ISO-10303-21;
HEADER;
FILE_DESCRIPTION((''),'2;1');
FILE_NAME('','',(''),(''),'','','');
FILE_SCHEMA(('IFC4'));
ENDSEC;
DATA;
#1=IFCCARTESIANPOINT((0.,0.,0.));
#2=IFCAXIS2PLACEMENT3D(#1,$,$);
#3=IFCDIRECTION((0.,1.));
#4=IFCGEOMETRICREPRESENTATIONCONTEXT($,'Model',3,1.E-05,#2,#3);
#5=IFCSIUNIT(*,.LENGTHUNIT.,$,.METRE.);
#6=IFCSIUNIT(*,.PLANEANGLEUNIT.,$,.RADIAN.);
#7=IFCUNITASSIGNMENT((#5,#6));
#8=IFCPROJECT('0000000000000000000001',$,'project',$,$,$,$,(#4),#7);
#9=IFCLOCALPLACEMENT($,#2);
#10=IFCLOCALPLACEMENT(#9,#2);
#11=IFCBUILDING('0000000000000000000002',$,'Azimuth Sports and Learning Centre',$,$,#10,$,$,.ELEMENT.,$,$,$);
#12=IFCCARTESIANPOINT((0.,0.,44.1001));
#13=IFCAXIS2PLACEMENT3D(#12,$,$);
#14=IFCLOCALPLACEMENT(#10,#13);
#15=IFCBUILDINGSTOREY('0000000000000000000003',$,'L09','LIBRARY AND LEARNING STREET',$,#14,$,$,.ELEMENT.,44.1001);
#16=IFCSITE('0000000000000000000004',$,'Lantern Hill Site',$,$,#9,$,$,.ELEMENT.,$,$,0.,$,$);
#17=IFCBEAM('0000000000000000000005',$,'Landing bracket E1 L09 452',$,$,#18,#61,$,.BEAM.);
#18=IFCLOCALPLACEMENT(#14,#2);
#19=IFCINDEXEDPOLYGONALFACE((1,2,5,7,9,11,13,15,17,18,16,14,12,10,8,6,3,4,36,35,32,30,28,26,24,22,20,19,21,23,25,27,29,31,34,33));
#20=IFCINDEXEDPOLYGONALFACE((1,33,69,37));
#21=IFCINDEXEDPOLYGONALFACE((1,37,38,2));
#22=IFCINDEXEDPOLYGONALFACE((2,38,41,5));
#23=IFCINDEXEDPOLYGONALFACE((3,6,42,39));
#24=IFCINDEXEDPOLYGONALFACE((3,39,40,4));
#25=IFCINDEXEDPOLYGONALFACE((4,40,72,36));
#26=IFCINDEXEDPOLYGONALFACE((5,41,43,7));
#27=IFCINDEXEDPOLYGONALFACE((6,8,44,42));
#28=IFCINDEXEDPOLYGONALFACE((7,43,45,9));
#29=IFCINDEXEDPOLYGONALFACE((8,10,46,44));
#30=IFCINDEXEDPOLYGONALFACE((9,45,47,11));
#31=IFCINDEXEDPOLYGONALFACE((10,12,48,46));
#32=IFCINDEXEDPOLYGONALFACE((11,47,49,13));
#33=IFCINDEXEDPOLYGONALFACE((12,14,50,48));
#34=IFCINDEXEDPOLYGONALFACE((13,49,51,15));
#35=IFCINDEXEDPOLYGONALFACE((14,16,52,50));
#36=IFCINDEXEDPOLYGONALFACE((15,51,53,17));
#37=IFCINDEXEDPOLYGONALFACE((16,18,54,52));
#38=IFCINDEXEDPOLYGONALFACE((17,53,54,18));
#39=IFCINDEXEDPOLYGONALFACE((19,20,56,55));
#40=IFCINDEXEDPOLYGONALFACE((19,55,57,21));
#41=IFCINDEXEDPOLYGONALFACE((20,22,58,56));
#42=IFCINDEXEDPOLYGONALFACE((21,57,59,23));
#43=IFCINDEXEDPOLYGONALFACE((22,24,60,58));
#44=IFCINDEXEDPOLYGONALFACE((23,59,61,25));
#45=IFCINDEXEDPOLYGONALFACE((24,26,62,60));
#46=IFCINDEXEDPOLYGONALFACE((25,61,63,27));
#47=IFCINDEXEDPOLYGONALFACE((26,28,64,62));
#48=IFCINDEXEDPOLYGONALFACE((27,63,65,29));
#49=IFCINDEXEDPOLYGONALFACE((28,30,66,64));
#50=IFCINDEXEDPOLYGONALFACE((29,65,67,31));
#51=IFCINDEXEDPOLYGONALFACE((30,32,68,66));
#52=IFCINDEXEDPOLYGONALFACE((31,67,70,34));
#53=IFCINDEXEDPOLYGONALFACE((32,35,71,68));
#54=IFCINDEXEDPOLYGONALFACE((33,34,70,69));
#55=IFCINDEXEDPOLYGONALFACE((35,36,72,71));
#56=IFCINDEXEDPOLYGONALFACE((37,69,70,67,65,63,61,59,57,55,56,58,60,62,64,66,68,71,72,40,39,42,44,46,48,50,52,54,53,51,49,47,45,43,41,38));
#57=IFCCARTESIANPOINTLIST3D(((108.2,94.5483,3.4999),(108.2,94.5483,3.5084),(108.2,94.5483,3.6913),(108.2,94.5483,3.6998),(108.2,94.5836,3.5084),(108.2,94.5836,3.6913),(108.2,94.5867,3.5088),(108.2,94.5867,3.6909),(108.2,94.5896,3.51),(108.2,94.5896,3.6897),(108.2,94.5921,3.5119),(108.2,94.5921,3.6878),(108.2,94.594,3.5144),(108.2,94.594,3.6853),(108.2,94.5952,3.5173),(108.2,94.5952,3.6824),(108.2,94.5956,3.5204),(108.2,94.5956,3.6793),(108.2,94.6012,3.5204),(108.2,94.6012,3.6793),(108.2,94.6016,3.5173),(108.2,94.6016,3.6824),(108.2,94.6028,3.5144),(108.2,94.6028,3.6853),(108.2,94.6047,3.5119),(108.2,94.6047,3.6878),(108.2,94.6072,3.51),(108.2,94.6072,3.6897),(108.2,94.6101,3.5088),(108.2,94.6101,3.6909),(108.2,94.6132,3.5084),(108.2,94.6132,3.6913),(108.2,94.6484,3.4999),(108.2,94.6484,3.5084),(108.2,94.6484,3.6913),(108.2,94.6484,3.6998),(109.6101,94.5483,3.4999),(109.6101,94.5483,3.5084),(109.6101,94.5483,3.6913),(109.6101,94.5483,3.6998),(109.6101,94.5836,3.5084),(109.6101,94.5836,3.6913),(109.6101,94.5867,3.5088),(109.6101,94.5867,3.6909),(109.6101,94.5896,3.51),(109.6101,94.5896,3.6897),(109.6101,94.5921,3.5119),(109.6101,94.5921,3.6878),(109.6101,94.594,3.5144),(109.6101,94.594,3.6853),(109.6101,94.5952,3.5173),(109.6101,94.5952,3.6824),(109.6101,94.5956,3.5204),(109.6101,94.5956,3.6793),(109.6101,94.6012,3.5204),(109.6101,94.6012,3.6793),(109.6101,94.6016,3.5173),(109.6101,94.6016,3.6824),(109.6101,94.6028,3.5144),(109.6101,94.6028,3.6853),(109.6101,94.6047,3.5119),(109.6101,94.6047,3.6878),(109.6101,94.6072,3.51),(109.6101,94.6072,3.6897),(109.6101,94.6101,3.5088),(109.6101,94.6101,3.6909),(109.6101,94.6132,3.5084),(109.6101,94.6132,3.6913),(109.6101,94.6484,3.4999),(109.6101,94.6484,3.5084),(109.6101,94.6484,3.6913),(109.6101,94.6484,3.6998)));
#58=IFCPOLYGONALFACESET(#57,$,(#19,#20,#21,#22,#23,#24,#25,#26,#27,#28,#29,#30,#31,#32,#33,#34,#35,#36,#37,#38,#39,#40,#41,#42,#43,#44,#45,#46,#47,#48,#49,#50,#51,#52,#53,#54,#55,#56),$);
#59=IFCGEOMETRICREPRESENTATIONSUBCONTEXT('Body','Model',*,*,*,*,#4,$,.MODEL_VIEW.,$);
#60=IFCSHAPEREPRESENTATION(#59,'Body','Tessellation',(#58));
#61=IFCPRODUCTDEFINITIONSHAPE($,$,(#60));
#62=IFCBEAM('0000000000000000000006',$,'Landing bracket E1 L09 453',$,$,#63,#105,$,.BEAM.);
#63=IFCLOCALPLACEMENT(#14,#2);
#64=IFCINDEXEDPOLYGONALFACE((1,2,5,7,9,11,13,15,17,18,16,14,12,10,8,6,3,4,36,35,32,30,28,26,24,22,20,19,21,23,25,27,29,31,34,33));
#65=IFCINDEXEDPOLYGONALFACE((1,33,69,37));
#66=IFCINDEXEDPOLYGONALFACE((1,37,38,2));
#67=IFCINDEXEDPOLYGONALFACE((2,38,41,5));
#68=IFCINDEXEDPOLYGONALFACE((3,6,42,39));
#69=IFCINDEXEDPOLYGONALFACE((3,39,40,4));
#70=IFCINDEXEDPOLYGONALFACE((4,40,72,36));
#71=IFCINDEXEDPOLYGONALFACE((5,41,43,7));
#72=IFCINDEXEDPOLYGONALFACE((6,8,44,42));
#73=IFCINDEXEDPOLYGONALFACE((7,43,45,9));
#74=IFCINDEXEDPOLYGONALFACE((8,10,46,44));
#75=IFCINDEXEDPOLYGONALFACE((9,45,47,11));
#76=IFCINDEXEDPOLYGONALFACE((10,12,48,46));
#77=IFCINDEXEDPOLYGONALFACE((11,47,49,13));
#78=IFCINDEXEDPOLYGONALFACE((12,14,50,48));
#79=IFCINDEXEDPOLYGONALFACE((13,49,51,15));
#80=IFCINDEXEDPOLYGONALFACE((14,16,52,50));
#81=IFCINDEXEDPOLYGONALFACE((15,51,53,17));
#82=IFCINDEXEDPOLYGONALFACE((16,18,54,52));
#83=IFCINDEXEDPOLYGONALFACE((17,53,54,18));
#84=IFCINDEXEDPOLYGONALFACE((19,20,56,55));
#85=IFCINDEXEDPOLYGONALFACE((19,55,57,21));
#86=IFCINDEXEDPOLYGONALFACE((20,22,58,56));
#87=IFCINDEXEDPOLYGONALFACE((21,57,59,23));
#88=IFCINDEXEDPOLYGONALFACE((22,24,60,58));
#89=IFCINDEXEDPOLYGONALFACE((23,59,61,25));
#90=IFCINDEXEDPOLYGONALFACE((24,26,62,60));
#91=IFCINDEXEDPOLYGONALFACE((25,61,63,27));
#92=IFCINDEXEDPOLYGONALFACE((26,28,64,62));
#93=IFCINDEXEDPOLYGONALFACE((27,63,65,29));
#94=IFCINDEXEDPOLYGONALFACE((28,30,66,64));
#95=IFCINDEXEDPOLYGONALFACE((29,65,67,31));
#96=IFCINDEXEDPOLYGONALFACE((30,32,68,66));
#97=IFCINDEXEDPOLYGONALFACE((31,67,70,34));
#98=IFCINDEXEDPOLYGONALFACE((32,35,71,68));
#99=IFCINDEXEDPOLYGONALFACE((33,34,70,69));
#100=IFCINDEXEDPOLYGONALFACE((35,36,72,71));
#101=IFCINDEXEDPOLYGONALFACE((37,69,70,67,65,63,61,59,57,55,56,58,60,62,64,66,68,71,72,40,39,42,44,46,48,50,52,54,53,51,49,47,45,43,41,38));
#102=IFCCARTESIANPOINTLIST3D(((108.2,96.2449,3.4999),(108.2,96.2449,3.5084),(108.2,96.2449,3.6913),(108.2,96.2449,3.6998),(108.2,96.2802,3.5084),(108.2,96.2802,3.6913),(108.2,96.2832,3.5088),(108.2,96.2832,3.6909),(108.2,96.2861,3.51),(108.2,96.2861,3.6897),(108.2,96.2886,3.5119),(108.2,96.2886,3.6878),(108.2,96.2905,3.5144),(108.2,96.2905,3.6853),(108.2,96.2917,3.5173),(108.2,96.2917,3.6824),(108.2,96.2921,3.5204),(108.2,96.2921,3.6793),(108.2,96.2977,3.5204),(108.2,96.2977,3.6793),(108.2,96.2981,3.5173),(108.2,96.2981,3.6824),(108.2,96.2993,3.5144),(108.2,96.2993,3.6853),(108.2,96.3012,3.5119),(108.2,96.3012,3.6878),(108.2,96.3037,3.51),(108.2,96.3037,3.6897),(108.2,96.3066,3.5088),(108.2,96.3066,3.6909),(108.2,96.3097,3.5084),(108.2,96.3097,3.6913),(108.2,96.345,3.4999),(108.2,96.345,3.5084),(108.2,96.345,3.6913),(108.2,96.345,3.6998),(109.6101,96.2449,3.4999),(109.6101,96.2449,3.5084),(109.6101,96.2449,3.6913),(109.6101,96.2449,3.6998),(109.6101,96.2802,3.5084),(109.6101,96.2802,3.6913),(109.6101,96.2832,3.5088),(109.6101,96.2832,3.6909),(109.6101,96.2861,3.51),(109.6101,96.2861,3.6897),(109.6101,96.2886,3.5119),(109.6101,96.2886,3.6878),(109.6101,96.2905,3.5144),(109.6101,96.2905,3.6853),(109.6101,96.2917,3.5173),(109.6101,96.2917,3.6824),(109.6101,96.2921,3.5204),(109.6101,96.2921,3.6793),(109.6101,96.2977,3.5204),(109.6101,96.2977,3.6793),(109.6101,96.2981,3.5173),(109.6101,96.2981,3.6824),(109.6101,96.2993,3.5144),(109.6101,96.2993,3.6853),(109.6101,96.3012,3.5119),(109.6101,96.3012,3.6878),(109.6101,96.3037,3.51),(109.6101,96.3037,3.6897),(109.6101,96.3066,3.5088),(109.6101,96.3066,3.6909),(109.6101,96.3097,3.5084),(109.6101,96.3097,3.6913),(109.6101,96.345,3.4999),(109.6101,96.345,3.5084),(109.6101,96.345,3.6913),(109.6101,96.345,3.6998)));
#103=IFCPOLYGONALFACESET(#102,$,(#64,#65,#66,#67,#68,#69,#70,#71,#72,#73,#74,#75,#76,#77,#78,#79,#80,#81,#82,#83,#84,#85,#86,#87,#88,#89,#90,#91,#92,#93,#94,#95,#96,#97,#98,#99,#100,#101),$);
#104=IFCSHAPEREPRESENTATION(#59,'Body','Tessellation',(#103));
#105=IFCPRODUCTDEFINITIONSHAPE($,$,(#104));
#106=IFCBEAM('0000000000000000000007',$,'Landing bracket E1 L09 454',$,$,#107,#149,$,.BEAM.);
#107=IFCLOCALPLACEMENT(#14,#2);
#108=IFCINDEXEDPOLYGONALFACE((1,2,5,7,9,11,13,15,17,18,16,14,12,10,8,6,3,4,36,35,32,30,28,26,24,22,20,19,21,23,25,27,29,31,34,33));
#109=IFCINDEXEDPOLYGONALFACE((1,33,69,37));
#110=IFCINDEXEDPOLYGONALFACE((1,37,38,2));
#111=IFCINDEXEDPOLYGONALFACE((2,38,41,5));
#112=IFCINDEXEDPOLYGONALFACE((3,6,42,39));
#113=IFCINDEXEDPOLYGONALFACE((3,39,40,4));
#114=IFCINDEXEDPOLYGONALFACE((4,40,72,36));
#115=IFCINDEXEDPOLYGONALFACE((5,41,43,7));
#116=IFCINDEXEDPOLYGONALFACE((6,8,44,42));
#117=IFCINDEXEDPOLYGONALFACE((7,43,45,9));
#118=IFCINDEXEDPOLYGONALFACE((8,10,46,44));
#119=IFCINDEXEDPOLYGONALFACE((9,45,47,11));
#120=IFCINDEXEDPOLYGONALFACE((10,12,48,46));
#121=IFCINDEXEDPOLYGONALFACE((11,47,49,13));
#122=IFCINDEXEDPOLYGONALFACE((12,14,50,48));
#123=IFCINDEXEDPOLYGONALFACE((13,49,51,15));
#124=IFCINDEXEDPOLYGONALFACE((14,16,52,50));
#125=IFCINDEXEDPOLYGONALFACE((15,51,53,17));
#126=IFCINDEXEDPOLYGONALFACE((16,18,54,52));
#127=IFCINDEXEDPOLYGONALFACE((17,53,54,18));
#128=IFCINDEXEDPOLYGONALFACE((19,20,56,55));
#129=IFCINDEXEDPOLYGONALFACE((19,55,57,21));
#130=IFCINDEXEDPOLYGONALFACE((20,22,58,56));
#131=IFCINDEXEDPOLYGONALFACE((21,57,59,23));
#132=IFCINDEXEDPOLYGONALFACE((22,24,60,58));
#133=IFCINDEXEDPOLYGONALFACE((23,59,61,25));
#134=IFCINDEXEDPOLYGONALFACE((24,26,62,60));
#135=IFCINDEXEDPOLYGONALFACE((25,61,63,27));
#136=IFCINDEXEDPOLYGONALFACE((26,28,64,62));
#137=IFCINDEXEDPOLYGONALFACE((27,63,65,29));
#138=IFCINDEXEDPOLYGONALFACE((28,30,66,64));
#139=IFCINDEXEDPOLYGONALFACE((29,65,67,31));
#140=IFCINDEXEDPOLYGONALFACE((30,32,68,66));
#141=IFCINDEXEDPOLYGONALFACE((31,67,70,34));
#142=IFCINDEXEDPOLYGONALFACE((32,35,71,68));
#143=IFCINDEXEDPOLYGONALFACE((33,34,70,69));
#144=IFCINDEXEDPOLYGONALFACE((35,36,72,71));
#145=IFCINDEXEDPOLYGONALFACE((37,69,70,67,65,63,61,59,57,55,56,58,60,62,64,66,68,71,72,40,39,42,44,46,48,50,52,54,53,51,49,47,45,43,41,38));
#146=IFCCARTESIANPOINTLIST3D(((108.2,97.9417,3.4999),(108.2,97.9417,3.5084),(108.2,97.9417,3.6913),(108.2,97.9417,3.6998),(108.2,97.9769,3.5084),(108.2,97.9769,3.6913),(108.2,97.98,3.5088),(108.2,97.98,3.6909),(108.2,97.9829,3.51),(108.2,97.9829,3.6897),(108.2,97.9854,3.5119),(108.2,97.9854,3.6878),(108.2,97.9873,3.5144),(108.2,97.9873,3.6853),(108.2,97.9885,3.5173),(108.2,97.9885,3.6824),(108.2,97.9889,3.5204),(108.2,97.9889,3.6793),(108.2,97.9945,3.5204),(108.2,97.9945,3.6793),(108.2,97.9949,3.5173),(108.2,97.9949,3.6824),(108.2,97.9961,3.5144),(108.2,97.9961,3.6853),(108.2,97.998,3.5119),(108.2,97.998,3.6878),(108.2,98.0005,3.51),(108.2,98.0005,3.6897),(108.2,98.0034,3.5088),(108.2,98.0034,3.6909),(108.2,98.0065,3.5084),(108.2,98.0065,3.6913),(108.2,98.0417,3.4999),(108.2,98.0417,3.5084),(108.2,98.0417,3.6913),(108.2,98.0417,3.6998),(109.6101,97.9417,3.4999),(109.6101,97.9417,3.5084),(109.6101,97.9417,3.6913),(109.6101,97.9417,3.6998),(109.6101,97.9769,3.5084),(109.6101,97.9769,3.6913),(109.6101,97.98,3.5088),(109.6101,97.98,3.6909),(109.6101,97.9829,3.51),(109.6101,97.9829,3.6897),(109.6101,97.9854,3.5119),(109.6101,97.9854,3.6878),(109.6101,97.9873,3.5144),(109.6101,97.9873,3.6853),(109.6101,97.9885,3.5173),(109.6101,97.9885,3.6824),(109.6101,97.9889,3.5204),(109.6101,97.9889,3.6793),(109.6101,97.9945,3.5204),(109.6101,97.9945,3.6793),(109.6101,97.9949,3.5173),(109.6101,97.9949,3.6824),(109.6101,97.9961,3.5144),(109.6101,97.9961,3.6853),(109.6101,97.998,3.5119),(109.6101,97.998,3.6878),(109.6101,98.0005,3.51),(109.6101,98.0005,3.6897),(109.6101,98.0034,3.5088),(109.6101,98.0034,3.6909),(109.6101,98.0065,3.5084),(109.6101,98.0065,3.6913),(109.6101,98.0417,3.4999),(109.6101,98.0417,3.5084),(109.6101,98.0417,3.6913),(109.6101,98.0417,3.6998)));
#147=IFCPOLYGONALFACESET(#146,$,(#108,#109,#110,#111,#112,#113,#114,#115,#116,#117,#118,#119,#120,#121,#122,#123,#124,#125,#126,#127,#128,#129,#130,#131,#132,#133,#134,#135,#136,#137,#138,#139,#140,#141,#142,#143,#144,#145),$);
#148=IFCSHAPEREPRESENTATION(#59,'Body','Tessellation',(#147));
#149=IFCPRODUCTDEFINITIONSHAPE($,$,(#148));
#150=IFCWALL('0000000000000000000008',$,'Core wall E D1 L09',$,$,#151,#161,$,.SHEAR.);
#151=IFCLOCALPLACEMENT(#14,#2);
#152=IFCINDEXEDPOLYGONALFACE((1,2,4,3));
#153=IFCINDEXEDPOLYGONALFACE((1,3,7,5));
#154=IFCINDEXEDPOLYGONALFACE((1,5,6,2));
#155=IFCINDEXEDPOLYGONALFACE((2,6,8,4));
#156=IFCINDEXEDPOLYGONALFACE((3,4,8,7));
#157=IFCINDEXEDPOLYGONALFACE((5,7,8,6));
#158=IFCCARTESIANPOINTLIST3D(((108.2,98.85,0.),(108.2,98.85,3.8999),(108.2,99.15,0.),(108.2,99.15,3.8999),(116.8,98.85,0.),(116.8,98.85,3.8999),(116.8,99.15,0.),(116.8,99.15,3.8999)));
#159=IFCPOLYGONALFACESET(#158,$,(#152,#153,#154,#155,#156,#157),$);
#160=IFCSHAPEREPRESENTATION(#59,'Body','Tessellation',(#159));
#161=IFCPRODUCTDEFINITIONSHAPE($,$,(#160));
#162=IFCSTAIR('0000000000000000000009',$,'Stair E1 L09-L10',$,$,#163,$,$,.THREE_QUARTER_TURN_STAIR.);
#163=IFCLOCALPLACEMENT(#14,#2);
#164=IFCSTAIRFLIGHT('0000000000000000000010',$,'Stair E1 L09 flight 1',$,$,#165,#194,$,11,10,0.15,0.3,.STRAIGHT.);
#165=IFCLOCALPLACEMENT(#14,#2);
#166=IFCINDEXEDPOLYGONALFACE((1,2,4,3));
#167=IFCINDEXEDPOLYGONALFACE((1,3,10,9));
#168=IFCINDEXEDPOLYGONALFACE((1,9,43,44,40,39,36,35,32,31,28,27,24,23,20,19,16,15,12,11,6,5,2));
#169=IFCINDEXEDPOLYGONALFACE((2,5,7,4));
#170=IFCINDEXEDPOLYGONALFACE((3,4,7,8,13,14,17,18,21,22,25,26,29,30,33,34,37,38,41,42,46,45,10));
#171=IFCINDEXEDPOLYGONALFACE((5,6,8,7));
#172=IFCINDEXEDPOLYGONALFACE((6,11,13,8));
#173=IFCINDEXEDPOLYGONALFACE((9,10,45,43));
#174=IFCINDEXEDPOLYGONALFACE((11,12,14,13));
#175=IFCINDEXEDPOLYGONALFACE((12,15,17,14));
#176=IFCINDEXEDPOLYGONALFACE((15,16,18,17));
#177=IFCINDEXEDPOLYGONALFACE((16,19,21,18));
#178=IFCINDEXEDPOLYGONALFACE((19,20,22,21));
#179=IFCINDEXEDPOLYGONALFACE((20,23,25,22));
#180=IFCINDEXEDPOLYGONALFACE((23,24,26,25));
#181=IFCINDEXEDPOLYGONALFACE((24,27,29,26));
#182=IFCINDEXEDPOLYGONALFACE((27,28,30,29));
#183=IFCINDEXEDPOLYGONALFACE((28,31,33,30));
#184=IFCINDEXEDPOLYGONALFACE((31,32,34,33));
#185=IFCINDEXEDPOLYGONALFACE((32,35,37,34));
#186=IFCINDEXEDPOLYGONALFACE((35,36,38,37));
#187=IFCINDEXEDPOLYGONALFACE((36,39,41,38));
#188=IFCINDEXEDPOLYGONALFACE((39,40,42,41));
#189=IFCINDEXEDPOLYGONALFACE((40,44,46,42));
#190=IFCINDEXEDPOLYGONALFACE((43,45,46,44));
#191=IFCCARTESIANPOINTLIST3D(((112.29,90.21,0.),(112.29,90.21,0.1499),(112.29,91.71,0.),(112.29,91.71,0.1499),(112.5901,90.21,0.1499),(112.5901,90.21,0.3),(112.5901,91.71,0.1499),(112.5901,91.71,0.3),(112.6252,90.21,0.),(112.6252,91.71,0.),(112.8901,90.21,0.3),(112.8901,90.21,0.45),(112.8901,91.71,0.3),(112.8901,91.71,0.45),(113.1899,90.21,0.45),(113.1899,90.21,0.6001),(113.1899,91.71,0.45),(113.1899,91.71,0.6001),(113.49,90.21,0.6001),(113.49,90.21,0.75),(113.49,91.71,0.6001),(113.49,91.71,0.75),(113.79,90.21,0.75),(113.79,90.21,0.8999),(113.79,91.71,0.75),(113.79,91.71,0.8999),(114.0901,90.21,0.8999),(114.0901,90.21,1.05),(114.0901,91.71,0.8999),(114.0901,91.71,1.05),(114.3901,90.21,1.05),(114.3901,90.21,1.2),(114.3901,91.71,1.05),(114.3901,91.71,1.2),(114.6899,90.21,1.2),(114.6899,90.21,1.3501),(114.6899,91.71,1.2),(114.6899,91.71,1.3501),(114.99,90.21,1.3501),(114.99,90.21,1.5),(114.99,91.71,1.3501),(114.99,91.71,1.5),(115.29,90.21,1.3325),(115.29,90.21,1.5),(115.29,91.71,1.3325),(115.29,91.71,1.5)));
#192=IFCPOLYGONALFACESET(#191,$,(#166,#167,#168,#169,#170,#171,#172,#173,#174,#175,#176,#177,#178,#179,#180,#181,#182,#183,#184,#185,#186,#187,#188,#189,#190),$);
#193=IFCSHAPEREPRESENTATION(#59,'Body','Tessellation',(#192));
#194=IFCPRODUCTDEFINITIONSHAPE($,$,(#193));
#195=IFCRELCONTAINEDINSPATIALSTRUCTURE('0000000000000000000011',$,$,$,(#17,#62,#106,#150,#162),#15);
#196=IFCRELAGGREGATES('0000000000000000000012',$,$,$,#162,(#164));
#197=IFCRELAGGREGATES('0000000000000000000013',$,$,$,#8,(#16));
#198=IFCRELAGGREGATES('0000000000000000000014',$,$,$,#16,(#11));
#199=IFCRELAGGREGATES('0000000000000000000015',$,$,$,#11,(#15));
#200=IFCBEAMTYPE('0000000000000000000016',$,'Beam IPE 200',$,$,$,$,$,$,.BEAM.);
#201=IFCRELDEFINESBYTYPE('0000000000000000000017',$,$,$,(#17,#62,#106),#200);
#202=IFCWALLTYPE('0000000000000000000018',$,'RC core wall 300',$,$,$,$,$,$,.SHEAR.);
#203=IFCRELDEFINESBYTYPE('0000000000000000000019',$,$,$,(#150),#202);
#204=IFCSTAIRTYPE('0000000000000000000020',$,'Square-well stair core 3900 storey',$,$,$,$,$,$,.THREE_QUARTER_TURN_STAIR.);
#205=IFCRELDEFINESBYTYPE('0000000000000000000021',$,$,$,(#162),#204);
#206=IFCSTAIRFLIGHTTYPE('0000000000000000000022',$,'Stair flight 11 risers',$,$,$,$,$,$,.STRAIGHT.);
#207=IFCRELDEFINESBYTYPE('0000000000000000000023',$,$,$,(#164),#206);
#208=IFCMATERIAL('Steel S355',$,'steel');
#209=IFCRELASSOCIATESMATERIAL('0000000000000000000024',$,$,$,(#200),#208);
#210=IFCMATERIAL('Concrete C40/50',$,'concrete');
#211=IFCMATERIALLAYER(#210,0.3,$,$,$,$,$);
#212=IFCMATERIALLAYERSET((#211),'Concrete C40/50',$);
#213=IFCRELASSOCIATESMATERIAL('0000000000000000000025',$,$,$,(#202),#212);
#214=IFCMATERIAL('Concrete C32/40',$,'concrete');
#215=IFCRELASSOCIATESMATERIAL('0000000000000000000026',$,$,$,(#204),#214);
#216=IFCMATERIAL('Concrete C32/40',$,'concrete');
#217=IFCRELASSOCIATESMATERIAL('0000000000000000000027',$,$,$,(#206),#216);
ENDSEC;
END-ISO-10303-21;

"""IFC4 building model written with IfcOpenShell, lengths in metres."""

from ifc_helpers import new_model, si_unit, direction, frame, frame_2d, origin, origin_2d, place, context, subcontext, project, spatial, polyline, rectangle, i_section, outline, extrude, material, layer, layer_set, material_profile, profile_set, type_object, element, aggregate, save


model = new_model("IFC4")

# Units and contexts
model_context = context("Model", 3, precision=1e-05, world=origin(), true_north=direction((0.0, 1.0)))
body_context = subcontext(model_context, "Body", "Model", "MODEL_VIEW")
ifc_project = project(units=[si_unit("LENGTHUNIT", "METRE"), si_unit("PLANEANGLEUNIT", "RADIAN")], contexts=[model_context])

# Site, building, storey
site_placement = place(None, origin())
site = spatial("IfcSite", under=ifc_project, at=site_placement, Name="Lantern Hill Site", CompositionType="ELEMENT", RefElevation=0.0)
building_placement = place(site_placement, origin())
building = spatial("IfcBuilding", under=site, at=building_placement, Name="Azimuth Sports and Learning Centre", CompositionType="ELEMENT")
storey_placement = place(building_placement, frame((0.0, 0.0, 44.1001)))
storey = spatial("IfcBuildingStorey", under=building, at=storey_placement, Name="L09", Description="LIBRARY AND LEARNING STREET", CompositionType="ELEMENT", Elevation=44.1001)

# Beams
ifc_material_1 = material(Name="Steel S355", Category="steel")
ifc_material_profile = material_profile(ifc_material_1, i_section(OverallWidth=0.1001, OverallDepth=0.2, WebThickness=0.0056, FlangeThickness=0.0085, FilletRadius=0.012, at=origin_2d()), Name="IPE 200")
ifc_profile_set = profile_set([ifc_material_profile], Name="Steel S355")
beam_type = type_object("IfcBeamType", Name="Beam IPE 200", PredefinedType="BEAM", material=ifc_profile_set)
for number, where, z_axis, x_axis, name in (
    (1, (108.2, 94.5984, 3.5999), (1.0, 0.0, 0.0), (0.0, 1.0, 0.0), "Landing bracket E1 L09 452"),
    (2, (108.2, 96.2949, 3.5999), (1.0, 0.0, 0.0), (0.0, 1.0, 0.0), "Landing bracket E1 L09 453"),
    (3, (108.2, 97.9917, 3.5999), (1.0, 0.0, 0.0), (0.0, 1.0, 0.0), "Landing bracket E1 L09 454"),
):
    element("IfcBeam", number, at=place(storey_placement, frame(where, z_axis=z_axis, x_axis=x_axis)), inside=storey, type_object=beam_type, Name=name, PredefinedType="BEAM", context=body_context, shape_type="SweptSolid", body=[
        extrude(i_section(OverallWidth=0.1001, OverallDepth=0.2, WebThickness=0.0056, FlangeThickness=0.0085, FilletRadius=0.012, at=origin_2d()), origin(), (0.0, 0.0, 1.0), 1.4102),
    ])

# Wall
ifc_material_2 = material(Name="Concrete C40/50", Category="concrete")
ifc_layer_1 = layer(ifc_material_2, 0.3)
ifc_layer_set_1 = layer_set([ifc_layer_1], Name="Concrete C40/50")
wall_type = type_object("IfcWallType", Name="RC core wall 300", PredefinedType="SHEAR", material=ifc_layer_set_1)
wall_placement = place(storey_placement, frame((108.2, 99.0, 0.0), z_axis=(0.0, 0.0, 1.0), x_axis=(1.0, 0.0, 0.0)))
element("IfcWall", 4, at=wall_placement, inside=storey, type_object=wall_type, Name="Core wall E D1 L09", PredefinedType="SHEAR", context=body_context, shape_type="SweptSolid", body=[
    extrude(rectangle(XDim=8.6001, YDim=0.3, at=frame_2d((4.3, 0.0))), origin(), (0.0, 0.0, 1.0), 3.8999),
])

# Stair, stair flight
ifc_material_3 = material(Name="Concrete C32/40", Category="concrete")
stair_type = type_object("IfcStairType", Name="Square-well stair core 3900 storey", PredefinedType="THREE_QUARTER_TURN_STAIR", material=ifc_material_3)
stair_placement = place(storey_placement, origin())
stair = element("IfcStair", 5, at=stair_placement, inside=storey, type_object=stair_type, Name="Stair E1 L09-L10", PredefinedType="THREE_QUARTER_TURN_STAIR")
ifc_material_4 = material(Name="Concrete C32/40", Category="concrete")
stair_flight_type_1 = type_object("IfcStairFlightType", Name="Stair flight 11 risers", PredefinedType="STRAIGHT", material=ifc_material_4)
stair_flight_1_placement = place(storey_placement, frame((112.29, 90.96, 0.0), z_axis=(0.0, 0.0, 1.0), x_axis=(1.0, 0.0, 0.0)))
stair_flight_1 = element("IfcStairFlight", 6, at=stair_flight_1_placement, type_object=stair_flight_type_1, Name="Stair E1 L09 flight 1", NumberOfRisers=11, NumberOfTreads=10, PredefinedType="STRAIGHT", RiserHeight=0.15, TreadLength=0.3, context=body_context, shape_type="SweptSolid", body=[
    extrude(outline(polyline([(0.0, 0.0), (0.0, 0.1499), (0.3, 0.1499), (0.3, 0.3), (0.6001, 0.3), (0.6001, 0.45), (0.8999, 0.45), (0.8999, 0.6001), (1.2, 0.6001), (1.2, 0.75), (1.5, 0.75), (1.5, 0.8999), (1.8, 0.8999), (1.8, 1.05), (2.1001, 1.05), (2.1001, 1.2), (2.3999, 1.2), (2.3999, 1.3501), (2.7, 1.3501), (2.7, 1.5), (3.0, 1.5), (3.0, 1.6499), (3.0, 1.3325), (0.3352, 0.0), (0.0, 0.0)])), frame((0.0, 0.75, 0.0), z_axis=(0.0, -1.0, 0.0), x_axis=(1.0, 0.0, 0.0)), (0.0, 0.0, 1.0), 1.5),
])
aggregate(stair, [stair_flight_1])

save(model, "model.ifc")
